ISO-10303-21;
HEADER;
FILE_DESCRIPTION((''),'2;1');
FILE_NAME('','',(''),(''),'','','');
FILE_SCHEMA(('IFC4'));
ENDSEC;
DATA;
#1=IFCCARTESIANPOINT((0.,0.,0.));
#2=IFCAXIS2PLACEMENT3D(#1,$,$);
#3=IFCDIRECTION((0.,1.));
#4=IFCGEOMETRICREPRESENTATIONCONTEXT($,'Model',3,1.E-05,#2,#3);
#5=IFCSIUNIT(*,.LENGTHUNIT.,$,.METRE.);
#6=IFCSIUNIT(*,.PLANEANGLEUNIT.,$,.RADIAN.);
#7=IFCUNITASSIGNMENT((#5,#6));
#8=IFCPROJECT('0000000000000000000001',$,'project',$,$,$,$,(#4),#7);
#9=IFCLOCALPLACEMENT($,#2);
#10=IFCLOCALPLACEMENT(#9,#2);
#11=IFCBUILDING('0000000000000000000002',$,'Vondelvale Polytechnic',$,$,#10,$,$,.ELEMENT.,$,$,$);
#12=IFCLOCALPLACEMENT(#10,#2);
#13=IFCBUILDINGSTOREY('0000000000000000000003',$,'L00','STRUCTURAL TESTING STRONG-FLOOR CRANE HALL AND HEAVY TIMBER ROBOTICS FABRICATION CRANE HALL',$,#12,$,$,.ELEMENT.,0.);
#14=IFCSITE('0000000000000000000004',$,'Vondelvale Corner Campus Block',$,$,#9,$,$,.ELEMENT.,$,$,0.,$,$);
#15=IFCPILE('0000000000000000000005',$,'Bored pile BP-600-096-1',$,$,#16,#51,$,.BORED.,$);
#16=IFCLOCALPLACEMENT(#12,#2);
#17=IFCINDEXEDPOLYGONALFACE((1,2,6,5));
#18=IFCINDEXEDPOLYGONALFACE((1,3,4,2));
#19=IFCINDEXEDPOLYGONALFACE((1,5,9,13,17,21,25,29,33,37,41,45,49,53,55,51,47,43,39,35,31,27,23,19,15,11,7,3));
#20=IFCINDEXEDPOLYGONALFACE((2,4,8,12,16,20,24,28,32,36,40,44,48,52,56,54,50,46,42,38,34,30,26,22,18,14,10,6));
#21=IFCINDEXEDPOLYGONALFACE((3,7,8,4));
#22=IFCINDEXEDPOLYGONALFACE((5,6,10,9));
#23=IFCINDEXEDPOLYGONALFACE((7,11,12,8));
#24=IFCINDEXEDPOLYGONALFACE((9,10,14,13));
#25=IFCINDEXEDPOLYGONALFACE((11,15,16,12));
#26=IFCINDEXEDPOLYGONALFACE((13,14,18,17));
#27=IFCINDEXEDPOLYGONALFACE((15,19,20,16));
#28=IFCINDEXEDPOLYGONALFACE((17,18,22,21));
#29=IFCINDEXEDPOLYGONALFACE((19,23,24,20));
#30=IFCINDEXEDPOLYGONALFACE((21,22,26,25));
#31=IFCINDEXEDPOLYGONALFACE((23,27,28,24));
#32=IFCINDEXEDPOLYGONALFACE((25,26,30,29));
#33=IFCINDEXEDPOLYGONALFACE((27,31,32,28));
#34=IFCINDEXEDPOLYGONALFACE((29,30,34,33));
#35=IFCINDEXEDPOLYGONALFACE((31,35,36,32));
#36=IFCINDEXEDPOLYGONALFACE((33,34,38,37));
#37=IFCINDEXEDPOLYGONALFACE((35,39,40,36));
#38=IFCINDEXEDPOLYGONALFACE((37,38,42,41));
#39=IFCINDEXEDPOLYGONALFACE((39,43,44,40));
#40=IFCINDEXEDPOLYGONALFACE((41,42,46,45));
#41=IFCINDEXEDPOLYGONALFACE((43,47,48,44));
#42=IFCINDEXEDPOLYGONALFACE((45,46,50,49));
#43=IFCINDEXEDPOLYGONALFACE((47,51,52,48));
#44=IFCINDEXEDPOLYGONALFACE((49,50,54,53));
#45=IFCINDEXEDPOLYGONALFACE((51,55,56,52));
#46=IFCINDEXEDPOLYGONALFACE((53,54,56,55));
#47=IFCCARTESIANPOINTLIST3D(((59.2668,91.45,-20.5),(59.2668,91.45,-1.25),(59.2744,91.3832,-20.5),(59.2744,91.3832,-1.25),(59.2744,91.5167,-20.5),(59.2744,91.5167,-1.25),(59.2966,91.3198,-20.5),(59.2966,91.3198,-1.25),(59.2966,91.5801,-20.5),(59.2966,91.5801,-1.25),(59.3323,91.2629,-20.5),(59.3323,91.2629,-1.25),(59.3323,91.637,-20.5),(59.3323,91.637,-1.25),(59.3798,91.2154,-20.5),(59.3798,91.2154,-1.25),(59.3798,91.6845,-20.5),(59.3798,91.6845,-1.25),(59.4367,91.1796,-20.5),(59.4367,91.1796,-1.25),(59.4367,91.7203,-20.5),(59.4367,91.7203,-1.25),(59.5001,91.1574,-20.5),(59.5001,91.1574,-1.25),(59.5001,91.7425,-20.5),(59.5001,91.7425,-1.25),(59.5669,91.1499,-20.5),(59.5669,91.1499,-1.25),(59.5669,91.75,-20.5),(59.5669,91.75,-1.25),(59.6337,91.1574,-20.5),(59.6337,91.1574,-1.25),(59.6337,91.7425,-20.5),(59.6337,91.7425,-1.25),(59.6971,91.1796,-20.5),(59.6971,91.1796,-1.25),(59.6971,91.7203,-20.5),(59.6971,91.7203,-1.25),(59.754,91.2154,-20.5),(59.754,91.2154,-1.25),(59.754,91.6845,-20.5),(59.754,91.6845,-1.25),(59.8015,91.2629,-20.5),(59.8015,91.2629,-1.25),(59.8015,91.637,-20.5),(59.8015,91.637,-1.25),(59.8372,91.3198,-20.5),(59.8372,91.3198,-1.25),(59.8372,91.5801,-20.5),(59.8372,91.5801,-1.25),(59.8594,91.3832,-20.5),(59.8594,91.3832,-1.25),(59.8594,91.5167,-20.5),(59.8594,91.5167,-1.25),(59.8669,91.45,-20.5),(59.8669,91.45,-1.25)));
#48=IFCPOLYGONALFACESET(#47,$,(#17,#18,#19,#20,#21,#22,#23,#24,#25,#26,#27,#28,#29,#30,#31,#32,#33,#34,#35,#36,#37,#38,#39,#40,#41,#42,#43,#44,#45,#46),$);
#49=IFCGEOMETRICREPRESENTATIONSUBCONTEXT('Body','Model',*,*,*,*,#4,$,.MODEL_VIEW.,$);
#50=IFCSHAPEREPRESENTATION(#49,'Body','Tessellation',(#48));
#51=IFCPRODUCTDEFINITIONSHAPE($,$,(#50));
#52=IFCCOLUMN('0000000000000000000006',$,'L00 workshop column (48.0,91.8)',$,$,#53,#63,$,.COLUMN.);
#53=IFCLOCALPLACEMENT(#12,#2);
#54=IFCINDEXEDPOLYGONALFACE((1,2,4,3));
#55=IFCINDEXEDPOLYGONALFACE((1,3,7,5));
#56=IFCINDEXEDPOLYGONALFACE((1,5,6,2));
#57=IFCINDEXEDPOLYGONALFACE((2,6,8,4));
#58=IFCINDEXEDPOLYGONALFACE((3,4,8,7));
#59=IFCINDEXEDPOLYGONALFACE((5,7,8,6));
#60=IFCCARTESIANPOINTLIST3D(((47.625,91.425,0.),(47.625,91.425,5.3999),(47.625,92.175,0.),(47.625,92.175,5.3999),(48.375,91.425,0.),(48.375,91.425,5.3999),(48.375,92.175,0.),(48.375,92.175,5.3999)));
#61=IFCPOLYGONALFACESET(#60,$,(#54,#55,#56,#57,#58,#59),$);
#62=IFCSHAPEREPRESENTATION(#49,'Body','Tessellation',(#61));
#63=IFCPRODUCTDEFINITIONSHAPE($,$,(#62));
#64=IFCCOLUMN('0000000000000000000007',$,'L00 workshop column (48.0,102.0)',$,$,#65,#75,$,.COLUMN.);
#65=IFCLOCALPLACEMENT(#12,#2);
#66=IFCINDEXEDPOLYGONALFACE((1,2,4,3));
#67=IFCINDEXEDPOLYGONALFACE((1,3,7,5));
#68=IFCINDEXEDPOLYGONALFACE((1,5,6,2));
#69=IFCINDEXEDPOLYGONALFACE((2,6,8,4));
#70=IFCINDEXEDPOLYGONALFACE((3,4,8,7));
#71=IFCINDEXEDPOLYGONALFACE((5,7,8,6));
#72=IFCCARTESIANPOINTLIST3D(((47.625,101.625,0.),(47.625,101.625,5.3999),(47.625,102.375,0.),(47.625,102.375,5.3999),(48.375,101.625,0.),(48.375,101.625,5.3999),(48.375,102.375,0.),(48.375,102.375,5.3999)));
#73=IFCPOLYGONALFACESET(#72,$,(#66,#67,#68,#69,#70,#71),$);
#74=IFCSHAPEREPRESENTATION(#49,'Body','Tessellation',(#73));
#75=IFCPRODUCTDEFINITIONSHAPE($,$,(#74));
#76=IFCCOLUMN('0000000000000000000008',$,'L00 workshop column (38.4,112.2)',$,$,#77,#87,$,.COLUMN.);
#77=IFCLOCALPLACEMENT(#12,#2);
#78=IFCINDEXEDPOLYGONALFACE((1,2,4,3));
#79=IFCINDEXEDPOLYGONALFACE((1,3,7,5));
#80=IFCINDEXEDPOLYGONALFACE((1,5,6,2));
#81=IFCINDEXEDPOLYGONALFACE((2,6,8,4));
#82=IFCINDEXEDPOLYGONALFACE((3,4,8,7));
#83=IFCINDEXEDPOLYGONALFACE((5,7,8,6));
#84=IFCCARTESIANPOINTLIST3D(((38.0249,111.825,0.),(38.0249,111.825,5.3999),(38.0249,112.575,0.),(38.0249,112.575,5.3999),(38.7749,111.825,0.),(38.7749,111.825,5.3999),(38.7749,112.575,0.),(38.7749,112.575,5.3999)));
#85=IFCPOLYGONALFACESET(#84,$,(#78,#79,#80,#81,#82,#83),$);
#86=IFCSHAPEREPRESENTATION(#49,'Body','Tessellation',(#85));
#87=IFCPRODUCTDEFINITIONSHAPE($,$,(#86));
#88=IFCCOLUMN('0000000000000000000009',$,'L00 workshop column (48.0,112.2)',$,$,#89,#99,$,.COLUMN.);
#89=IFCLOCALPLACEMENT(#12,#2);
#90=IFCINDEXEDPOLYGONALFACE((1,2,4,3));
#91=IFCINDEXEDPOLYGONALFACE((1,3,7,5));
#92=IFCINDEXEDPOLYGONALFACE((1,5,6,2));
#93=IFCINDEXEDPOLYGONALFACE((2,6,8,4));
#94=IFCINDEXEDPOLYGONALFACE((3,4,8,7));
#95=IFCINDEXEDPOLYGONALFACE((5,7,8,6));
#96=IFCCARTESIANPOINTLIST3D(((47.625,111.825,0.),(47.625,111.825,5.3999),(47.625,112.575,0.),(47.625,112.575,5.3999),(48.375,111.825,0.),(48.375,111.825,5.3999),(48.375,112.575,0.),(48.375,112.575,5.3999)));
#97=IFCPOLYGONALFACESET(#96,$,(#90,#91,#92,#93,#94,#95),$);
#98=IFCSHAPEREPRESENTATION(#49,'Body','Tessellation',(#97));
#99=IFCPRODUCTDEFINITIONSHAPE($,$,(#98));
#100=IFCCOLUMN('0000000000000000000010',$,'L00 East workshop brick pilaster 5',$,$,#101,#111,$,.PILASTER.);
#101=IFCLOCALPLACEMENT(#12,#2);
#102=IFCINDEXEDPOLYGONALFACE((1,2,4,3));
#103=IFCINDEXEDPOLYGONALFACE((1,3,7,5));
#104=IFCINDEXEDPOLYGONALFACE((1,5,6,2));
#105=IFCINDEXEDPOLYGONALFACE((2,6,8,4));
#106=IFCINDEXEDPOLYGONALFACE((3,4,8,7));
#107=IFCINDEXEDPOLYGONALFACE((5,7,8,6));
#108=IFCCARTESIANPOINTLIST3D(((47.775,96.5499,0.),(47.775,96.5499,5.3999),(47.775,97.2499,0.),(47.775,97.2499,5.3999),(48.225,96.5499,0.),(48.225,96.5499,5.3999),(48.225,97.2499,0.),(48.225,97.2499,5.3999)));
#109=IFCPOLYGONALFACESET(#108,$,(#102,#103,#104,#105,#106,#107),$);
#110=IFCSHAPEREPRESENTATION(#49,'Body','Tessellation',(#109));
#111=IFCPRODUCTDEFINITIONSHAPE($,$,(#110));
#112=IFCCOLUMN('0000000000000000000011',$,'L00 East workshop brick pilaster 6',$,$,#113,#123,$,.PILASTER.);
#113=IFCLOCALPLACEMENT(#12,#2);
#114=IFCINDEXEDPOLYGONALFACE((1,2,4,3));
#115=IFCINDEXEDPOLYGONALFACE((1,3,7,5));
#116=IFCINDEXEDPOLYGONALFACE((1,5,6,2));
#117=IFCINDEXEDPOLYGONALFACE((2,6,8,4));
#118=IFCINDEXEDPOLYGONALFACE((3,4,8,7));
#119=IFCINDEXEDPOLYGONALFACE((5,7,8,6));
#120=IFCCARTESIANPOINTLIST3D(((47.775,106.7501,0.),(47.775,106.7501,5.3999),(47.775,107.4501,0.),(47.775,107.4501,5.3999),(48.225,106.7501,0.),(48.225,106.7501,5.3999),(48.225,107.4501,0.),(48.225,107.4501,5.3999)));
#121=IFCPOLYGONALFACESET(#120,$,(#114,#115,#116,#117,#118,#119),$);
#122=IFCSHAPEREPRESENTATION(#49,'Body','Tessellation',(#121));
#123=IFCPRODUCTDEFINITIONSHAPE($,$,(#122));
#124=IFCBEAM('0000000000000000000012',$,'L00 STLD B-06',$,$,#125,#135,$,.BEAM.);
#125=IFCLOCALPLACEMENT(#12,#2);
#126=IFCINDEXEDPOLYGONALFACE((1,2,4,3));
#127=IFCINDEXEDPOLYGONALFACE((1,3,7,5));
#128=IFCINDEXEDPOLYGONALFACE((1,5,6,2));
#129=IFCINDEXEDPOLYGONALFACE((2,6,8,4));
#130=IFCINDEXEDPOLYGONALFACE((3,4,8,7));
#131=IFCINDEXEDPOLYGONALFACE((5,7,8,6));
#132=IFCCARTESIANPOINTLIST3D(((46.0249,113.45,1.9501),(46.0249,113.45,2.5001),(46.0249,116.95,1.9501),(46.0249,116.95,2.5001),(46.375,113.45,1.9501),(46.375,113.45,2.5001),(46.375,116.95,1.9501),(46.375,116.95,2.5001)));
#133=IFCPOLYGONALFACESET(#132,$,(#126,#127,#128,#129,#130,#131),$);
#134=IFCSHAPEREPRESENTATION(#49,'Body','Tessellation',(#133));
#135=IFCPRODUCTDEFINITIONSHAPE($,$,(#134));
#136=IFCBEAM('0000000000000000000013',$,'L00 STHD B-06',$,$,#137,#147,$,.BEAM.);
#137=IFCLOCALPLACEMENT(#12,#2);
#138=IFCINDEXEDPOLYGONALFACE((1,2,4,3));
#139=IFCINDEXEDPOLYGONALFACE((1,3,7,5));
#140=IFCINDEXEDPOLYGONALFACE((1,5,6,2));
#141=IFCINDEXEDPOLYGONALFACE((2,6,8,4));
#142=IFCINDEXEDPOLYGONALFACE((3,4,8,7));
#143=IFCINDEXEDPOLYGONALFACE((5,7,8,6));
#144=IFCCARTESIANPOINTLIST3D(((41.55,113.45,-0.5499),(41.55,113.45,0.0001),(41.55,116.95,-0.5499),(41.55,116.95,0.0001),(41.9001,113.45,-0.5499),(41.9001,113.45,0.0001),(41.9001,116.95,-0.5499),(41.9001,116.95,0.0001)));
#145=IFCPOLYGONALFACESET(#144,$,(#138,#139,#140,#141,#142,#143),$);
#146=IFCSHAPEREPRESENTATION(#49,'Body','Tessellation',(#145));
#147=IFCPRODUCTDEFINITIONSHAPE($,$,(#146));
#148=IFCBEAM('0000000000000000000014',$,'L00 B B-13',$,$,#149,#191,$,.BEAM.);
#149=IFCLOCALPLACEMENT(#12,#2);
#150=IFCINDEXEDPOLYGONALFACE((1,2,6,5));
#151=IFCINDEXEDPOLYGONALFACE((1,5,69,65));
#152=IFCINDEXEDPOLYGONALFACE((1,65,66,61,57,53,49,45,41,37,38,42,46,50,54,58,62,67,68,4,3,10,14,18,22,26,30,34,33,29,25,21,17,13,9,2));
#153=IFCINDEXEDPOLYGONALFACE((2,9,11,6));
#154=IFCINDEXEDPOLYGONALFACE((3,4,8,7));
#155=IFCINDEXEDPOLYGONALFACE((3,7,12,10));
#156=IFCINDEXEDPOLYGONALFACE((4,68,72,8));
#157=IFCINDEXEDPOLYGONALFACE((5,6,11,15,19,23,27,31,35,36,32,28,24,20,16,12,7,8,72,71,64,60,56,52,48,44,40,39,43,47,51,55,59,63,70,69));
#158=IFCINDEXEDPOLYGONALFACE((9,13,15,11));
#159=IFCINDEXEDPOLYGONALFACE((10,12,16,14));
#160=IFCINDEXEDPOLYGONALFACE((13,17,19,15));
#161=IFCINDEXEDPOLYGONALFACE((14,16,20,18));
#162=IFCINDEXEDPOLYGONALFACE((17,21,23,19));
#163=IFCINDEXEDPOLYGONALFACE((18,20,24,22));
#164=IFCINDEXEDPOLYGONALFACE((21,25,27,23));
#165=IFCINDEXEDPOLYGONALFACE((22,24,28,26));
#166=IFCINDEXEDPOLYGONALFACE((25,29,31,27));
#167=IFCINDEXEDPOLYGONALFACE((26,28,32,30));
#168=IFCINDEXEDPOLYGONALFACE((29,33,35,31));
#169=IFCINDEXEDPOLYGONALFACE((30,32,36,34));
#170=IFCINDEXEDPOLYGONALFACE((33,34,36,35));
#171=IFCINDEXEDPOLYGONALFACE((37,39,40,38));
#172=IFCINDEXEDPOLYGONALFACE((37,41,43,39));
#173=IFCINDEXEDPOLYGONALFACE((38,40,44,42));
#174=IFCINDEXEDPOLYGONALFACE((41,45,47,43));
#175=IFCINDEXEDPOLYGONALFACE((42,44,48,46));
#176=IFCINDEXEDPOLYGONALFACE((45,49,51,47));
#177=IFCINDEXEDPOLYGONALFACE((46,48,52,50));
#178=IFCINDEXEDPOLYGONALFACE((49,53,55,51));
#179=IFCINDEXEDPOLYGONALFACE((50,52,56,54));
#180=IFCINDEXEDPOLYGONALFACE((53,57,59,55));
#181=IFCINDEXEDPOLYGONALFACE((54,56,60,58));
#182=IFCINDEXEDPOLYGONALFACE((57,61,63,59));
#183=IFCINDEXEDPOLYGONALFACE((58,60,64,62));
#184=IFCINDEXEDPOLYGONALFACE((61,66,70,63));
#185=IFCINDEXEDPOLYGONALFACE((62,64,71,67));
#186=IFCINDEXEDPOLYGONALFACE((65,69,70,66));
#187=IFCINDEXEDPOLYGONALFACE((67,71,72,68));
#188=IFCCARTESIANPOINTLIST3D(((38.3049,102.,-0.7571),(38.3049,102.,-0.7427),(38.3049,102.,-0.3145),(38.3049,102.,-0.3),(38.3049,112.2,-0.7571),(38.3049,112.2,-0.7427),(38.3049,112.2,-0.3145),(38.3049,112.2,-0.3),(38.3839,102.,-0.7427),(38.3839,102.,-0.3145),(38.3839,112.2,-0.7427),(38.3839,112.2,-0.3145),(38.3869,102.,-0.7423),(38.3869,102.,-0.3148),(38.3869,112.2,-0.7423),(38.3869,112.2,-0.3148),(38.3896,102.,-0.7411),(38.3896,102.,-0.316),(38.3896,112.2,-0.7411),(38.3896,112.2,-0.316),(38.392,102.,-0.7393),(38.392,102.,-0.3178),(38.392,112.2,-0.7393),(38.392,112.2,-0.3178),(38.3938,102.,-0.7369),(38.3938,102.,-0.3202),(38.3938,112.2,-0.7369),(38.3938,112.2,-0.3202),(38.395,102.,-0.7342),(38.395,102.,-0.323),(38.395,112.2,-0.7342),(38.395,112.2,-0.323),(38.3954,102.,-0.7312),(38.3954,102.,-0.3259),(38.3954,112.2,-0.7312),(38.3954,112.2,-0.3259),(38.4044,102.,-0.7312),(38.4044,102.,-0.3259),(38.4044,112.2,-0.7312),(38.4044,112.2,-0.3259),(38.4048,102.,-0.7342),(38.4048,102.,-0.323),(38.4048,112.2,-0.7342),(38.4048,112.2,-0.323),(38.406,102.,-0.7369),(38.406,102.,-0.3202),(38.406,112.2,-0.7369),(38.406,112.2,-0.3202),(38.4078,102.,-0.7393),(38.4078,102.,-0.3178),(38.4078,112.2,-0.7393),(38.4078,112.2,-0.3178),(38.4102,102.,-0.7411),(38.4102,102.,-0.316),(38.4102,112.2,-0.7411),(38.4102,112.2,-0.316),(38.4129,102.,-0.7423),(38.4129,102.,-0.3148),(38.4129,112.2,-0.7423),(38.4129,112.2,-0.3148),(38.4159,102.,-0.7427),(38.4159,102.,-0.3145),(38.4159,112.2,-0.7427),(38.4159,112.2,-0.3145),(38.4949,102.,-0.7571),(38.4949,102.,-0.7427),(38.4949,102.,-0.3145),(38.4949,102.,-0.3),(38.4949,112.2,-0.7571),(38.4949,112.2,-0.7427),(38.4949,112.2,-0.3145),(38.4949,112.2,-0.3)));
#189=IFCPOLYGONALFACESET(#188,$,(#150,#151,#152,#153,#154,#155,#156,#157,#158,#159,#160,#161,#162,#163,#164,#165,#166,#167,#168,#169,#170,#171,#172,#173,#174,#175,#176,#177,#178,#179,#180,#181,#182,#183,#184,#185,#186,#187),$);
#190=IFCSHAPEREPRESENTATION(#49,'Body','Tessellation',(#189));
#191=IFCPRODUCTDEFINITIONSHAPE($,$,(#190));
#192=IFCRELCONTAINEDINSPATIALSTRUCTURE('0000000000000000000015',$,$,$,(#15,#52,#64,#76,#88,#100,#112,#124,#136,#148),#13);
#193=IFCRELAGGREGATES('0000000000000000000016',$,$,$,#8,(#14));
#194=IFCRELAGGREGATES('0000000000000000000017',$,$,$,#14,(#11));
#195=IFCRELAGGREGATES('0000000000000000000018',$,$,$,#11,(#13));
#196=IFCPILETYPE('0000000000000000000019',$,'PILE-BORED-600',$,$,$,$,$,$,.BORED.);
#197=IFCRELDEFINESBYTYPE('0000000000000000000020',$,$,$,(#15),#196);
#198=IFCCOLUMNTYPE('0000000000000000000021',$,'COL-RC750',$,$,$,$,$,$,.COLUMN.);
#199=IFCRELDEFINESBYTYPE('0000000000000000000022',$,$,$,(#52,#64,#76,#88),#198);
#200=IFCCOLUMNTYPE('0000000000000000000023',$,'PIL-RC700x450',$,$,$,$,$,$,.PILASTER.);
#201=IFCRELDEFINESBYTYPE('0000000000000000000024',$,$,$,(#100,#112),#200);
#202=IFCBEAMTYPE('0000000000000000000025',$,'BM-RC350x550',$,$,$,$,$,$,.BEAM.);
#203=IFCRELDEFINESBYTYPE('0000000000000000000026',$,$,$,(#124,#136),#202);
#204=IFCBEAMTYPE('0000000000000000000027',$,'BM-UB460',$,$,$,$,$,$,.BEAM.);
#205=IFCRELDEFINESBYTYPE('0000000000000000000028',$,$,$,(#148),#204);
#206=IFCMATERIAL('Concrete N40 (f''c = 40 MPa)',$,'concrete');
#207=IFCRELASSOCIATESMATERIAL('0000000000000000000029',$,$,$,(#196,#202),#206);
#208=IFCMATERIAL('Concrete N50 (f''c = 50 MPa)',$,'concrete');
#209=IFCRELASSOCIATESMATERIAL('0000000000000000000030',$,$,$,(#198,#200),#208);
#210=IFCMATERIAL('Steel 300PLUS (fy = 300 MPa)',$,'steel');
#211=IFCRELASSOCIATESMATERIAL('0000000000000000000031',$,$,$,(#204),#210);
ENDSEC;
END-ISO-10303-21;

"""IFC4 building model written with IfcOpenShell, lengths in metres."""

from ifc_helpers import new_model, si_unit, direction, frame, origin, origin_2d, place, context, subcontext, project, spatial, rectangle, circle, i_section, extrude, material, material_profile, profile_set, type_object, element, save


model = new_model("IFC4")

# Units and contexts
model_context = context("Model", 3, precision=1e-05, world=origin(), true_north=direction((0.0, 1.0)))
body_context = subcontext(model_context, "Body", "Model", "MODEL_VIEW")
ifc_project = project(units=[si_unit("LENGTHUNIT", "METRE"), si_unit("PLANEANGLEUNIT", "RADIAN")], contexts=[model_context])

# Site, building, storey
site_placement = place(None, origin())
site = spatial("IfcSite", under=ifc_project, at=site_placement, Name="Vondelvale Corner Campus Block", CompositionType="ELEMENT", RefElevation=0.0)
building_placement = place(site_placement, origin())
building = spatial("IfcBuilding", under=site, at=building_placement, Name="Vondelvale Polytechnic", CompositionType="ELEMENT")
storey_placement = place(building_placement, origin())
storey = spatial("IfcBuildingStorey", under=building, at=storey_placement, Name="L00", Description="STRUCTURAL TESTING STRONG-FLOOR CRANE HALL AND HEAVY TIMBER ROBOTICS FABRICATION CRANE HALL", CompositionType="ELEMENT", Elevation=0.0)

# Pile
ifc_material_1 = material(Name="Concrete N40 (f'c = 40 MPa)", Category="concrete")
ifc_material_profile_1 = material_profile(ifc_material_1, circle(Radius=0.3, at=origin_2d()), Name="PILE-D600")
ifc_profile_set_1 = profile_set([ifc_material_profile_1], Name="Concrete N40 (f'c = 40 MPa)")
pile_type = type_object("IfcPileType", Name="PILE-BORED-600", PredefinedType="BORED", material=ifc_profile_set_1)
pile_placement = place(storey_placement, frame((59.5669, 91.45, -1.25), z_axis=(0.0, 0.0, -1.0), x_axis=(1.0, 0.0, 0.0)))
element("IfcPile", 1, at=pile_placement, inside=storey, type_object=pile_type, Name="Bored pile BP-600-096-1", PredefinedType="BORED", context=body_context, shape_type="SweptSolid", body=[
    extrude(circle(Radius=0.3, at=origin_2d()), origin(), (0.0, 0.0, 1.0), 19.25),
])

# Columns
ifc_material_2 = material(Name="Concrete N50 (f'c = 50 MPa)", Category="concrete")
ifc_material_profile_2 = material_profile(ifc_material_2, rectangle(XDim=0.75, YDim=0.75, at=origin_2d()), Name="RC-COL-750x750")
ifc_profile_set_2 = profile_set([ifc_material_profile_2], Name="Concrete N50 (f'c = 50 MPa)")
column_type_1 = type_object("IfcColumnType", Name="COL-RC750", PredefinedType="COLUMN", material=ifc_profile_set_2)
for number, where, z_axis, x_axis, name in (
    (2, (48.0, 91.8, 0.0), (0.0, 0.0, 1.0), (1.0, 0.0, 0.0), "L00 workshop column (48.0,91.8)"),
    (3, (48.0, 102.0, 0.0), (0.0, 0.0, 1.0), (1.0, 0.0, 0.0), "L00 workshop column (48.0,102.0)"),
    (4, (38.3999, 112.2, 0.0), (0.0, 0.0, 1.0), (1.0, 0.0, 0.0), "L00 workshop column (38.4,112.2)"),
    (5, (48.0, 112.2, 0.0), (0.0, 0.0, 1.0), (1.0, 0.0, 0.0), "L00 workshop column (48.0,112.2)"),
):
    element("IfcColumn", number, at=place(storey_placement, frame(where, z_axis=z_axis, x_axis=x_axis)), inside=storey, type_object=column_type_1, Name=name, PredefinedType="COLUMN", context=body_context, shape_type="SweptSolid", body=[
        extrude(rectangle(XDim=0.75, YDim=0.75, at=origin_2d()), origin(), (0.0, 0.0, 1.0), 5.3999),
    ])
ifc_material_profile_3 = material_profile(ifc_material_2, rectangle(XDim=0.45, YDim=0.7, at=origin_2d()), Name="RC-PIL-700x450")
ifc_profile_set_3 = profile_set([ifc_material_profile_3], Name="Concrete N50 (f'c = 50 MPa)")
column_type_2 = type_object("IfcColumnType", Name="PIL-RC700x450", PredefinedType="PILASTER", material=ifc_profile_set_3)
for number, where, z_axis, x_axis, name in (
    (6, (48.0, 96.8999, 0.0), (0.0, 0.0, 1.0), (1.0, 0.0, 0.0), "L00 East workshop brick pilaster 5"),
    (7, (48.0, 107.1001, 0.0), (0.0, 0.0, 1.0), (1.0, 0.0, 0.0), "L00 East workshop brick pilaster 6"),
):
    element("IfcColumn", number, at=place(storey_placement, frame(where, z_axis=z_axis, x_axis=x_axis)), inside=storey, type_object=column_type_2, Name=name, PredefinedType="PILASTER", context=body_context, shape_type="SweptSolid", body=[
        extrude(rectangle(XDim=0.45, YDim=0.7, at=origin_2d()), origin(), (0.0, 0.0, 1.0), 5.3999),
    ])

# Beams
ifc_material_profile_4 = material_profile(ifc_material_1, rectangle(XDim=0.3501, YDim=0.55, at=origin_2d()), Name="RC-BM-350x550")
ifc_profile_set_4 = profile_set([ifc_material_profile_4], Name="Concrete N40 (f'c = 40 MPa)")
beam_type_1 = type_object("IfcBeamType", Name="BM-RC350x550", PredefinedType="BEAM", material=ifc_profile_set_4)
for number, where, z_axis, x_axis, name in (
    (8, (46.2, 113.45, 2.2251), (0.0, 1.0, 0.0), (-1.0, 0.0, 0.0), "L00 STLD B-06"),
    (9, (41.7251, 113.45, -0.2749), (0.0, 1.0, 0.0), (-1.0, 0.0, 0.0), "L00 STHD B-06"),
):
    element("IfcBeam", number, at=place(storey_placement, frame(where, z_axis=z_axis, x_axis=x_axis)), inside=storey, type_object=beam_type_1, Name=name, PredefinedType="BEAM", context=body_context, shape_type="SweptSolid", body=[
        extrude(rectangle(XDim=0.3501, YDim=0.55, at=origin_2d()), origin(), (0.0, 0.0, 1.0), 3.5),
    ])
ifc_material_3 = material(Name="Steel 300PLUS (fy = 300 MPa)", Category="steel")
ifc_material_profile_5 = material_profile(ifc_material_3, i_section(OverallWidth=0.1899, OverallDepth=0.457, WebThickness=0.009, FlangeThickness=0.0144, FilletRadius=0.0115, at=origin_2d()), Name="460UB74.6")
ifc_profile_set_5 = profile_set([ifc_material_profile_5], Name="Steel 300PLUS (fy = 300 MPa)")
beam_type_2 = type_object("IfcBeamType", Name="BM-UB460", PredefinedType="BEAM", material=ifc_profile_set_5)
for number, where, z_axis, x_axis, name in (
    (10, (38.3999, 102.0, -0.5286), (0.0, 1.0, 0.0), (-1.0, 0.0, 0.0), "L00 B B-13"),
):
    element("IfcBeam", number, at=place(storey_placement, frame(where, z_axis=z_axis, x_axis=x_axis)), inside=storey, type_object=beam_type_2, Name=name, PredefinedType="BEAM", context=body_context, shape_type="SweptSolid", body=[
        extrude(i_section(OverallWidth=0.1899, OverallDepth=0.457, WebThickness=0.009, FlangeThickness=0.0144, FilletRadius=0.0115, at=origin_2d()), origin(), (0.0, 0.0, 1.0), 10.2),
    ])

save(model, "model.ifc")
